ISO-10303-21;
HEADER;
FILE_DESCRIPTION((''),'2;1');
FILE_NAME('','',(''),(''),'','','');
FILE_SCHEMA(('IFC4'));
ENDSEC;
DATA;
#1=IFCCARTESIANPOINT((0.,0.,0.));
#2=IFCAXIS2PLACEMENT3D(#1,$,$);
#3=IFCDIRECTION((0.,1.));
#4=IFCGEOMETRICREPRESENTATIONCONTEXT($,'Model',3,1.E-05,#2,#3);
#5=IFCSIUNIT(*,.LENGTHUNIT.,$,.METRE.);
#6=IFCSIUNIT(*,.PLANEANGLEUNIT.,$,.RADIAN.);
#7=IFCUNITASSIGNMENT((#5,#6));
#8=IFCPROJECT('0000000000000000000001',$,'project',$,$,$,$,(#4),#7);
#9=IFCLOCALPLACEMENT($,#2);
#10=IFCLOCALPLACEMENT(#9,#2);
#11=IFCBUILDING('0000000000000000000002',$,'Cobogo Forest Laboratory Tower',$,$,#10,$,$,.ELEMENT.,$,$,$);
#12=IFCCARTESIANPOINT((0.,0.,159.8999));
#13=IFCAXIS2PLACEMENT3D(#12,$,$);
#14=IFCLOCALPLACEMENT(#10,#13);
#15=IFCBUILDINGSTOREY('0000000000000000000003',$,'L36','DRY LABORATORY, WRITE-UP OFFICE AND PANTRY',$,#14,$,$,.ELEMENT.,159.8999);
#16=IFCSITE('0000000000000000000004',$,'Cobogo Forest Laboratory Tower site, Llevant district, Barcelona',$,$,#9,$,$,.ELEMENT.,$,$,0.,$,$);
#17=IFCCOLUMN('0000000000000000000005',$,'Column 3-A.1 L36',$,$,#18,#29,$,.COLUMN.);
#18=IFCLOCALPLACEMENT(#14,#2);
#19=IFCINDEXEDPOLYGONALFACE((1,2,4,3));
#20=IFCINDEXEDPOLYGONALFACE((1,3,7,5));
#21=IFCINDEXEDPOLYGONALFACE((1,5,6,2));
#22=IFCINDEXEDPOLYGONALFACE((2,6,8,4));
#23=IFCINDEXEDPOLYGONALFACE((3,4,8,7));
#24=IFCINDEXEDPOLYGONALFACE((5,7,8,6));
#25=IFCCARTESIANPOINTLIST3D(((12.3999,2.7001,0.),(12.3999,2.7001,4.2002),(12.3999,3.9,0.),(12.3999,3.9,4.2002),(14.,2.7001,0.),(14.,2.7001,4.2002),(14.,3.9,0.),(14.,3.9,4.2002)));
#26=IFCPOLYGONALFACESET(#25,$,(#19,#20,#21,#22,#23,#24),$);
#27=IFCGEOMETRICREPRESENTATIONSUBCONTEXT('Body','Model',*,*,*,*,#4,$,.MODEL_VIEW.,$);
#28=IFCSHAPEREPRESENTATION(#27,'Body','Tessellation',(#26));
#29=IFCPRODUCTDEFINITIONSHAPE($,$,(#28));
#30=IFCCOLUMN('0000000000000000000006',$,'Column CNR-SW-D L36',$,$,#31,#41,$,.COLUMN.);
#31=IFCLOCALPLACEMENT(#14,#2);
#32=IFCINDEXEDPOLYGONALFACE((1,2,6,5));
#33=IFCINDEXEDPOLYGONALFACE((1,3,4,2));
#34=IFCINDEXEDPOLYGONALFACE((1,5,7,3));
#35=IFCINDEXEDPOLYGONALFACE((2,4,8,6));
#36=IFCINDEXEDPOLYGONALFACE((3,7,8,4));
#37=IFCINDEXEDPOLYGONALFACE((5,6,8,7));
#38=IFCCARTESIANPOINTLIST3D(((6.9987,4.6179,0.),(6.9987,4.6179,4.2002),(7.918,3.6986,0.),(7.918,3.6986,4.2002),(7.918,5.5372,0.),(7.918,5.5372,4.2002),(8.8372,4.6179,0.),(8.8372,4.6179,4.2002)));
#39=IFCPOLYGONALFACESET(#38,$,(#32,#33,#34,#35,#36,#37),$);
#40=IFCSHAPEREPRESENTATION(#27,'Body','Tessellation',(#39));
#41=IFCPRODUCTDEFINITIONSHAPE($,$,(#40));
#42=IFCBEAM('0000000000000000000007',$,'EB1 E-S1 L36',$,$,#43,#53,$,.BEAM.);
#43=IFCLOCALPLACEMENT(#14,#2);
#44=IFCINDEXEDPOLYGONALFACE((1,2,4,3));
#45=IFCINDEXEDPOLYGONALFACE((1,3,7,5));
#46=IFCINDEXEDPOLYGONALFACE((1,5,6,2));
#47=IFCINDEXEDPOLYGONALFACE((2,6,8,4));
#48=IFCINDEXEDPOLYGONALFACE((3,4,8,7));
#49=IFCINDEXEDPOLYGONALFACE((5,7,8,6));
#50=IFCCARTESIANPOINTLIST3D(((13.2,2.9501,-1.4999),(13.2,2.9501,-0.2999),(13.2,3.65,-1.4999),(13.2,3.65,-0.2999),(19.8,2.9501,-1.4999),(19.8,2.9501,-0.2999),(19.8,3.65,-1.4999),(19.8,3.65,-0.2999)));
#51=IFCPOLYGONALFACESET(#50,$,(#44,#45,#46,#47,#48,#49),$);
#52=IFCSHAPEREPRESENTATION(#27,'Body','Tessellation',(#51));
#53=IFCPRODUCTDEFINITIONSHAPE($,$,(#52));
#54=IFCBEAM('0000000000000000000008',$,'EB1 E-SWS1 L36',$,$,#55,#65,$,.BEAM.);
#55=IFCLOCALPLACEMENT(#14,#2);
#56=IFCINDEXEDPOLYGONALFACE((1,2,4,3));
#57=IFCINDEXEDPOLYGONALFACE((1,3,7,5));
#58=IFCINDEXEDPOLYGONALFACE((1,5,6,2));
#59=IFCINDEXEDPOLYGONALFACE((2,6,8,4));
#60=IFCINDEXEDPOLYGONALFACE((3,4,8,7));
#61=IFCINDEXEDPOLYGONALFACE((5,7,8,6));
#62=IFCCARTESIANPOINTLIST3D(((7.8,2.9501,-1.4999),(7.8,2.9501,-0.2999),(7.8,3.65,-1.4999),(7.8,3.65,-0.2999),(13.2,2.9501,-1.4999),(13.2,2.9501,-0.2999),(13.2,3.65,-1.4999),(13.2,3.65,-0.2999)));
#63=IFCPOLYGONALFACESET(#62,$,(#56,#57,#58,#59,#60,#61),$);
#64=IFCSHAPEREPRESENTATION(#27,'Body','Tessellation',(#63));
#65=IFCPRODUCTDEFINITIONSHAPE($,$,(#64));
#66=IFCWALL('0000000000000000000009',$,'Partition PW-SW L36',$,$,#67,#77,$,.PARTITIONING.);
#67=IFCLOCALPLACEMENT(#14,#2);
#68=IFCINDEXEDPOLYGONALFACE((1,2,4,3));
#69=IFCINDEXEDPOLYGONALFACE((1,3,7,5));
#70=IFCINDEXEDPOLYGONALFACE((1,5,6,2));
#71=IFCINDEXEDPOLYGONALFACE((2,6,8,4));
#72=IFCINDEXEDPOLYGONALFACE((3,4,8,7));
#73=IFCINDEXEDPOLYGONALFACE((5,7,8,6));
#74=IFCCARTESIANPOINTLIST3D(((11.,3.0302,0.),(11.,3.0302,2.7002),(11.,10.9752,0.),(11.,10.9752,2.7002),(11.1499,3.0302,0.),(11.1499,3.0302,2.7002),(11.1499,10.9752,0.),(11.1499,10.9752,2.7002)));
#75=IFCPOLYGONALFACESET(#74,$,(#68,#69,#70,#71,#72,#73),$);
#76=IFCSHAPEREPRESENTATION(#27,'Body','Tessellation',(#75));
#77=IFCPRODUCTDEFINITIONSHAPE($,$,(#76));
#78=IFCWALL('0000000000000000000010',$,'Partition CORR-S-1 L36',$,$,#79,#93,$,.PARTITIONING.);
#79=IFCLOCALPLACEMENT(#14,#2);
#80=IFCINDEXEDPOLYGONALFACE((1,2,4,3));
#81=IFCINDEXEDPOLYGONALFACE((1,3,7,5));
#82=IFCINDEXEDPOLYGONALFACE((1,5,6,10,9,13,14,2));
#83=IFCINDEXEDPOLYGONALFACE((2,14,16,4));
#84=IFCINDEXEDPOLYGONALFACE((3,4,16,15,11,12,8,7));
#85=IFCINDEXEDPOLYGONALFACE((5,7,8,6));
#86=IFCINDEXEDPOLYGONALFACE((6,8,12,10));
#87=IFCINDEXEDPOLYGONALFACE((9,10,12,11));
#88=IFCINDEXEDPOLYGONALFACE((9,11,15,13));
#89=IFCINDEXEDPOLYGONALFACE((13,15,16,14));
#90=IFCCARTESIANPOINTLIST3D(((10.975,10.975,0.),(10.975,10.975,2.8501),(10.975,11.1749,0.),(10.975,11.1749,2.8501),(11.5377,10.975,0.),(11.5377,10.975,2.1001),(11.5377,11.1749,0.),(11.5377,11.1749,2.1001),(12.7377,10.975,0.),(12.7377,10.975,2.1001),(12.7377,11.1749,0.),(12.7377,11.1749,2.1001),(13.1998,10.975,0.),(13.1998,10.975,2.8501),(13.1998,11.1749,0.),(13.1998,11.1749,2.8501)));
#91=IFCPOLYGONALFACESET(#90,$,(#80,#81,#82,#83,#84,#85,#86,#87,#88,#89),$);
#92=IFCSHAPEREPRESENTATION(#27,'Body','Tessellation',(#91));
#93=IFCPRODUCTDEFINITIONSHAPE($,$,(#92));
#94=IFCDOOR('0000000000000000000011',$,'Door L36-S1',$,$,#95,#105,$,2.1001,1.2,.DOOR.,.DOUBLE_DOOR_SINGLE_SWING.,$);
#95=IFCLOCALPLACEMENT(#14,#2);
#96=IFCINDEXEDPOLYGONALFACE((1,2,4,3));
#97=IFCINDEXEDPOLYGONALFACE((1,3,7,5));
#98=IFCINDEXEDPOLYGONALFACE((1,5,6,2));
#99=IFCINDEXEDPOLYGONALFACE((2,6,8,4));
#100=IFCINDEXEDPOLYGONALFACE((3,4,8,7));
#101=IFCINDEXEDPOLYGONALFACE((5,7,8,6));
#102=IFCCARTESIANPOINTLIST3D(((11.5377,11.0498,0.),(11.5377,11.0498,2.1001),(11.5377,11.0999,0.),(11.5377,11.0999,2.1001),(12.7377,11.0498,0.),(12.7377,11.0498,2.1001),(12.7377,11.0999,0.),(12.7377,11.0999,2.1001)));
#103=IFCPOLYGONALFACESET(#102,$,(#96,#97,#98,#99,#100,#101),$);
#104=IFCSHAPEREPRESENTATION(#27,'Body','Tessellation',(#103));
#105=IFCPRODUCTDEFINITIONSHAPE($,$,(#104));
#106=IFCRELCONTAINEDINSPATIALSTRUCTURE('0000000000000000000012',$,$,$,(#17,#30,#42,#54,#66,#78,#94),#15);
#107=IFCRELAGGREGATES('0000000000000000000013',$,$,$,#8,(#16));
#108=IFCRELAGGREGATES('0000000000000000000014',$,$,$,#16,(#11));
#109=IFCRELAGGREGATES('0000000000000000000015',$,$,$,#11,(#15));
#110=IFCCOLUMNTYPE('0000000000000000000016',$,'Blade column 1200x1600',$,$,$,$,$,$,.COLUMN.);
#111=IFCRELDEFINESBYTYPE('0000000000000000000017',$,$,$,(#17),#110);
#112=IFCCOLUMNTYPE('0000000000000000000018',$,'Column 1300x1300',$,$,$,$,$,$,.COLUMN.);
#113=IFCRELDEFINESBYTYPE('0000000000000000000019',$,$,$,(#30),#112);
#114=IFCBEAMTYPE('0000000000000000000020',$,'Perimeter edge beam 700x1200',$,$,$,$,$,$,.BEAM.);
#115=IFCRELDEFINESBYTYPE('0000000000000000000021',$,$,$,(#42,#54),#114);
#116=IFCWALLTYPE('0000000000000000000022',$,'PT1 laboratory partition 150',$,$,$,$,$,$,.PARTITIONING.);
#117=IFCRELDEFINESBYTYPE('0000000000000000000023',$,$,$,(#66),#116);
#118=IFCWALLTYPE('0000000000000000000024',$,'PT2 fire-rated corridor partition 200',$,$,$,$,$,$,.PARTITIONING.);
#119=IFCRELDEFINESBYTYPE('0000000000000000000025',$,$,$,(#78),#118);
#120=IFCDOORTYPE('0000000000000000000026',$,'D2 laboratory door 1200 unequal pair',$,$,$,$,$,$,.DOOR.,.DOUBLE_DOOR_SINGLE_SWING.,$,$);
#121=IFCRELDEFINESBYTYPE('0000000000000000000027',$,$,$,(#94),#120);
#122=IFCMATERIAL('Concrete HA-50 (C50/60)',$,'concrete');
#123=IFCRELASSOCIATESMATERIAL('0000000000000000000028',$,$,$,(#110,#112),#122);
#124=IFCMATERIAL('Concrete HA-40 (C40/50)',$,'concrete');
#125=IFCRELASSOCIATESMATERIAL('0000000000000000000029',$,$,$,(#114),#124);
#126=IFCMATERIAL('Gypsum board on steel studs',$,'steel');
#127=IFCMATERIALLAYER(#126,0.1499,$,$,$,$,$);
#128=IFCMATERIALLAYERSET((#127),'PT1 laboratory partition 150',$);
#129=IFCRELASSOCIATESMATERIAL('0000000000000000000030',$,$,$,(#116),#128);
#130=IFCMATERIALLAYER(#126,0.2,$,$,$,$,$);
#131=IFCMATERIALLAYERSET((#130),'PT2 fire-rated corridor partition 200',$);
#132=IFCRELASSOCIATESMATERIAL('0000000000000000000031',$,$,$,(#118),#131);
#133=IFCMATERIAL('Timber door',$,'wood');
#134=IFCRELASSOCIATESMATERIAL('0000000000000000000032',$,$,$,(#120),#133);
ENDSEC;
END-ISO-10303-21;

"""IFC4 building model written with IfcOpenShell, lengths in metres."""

from ifc_helpers import new_model, si_unit, direction, frame, frame_2d, origin, origin_2d, place, context, subcontext, project, spatial, rectangle, extrude, material, layer, layer_set, material_profile, profile_set, type_object, element, fill, save


model = new_model("IFC4")

# Units and contexts
model_context = context("Model", 3, precision=1e-05, world=origin(), true_north=direction((0.0, 1.0)))
body_context = subcontext(model_context, "Body", "Model", "MODEL_VIEW")
ifc_project = project(units=[si_unit("LENGTHUNIT", "METRE"), si_unit("PLANEANGLEUNIT", "RADIAN")], contexts=[model_context])

# Site, building, storey
site_placement = place(None, origin())
site = spatial("IfcSite", under=ifc_project, at=site_placement, Name="Cobogo Forest Laboratory Tower site, Llevant district, Barcelona", CompositionType="ELEMENT", RefElevation=0.0)
building_placement = place(site_placement, origin())
building = spatial("IfcBuilding", under=site, at=building_placement, Name="Cobogo Forest Laboratory Tower", CompositionType="ELEMENT")
storey_placement = place(building_placement, frame((0.0, 0.0, 159.8999)))
storey = spatial("IfcBuildingStorey", under=building, at=storey_placement, Name="L36", Description="DRY LABORATORY, WRITE-UP OFFICE AND PANTRY", CompositionType="ELEMENT", Elevation=159.8999)

# Columns
ifc_material_1 = material(Name="Concrete HA-50 (C50/60)", Category="concrete")
ifc_material_profile_1 = material_profile(ifc_material_1, rectangle(XDim=1.6001, YDim=1.2, at=origin_2d()), Name="RC 1200x1600")
ifc_profile_set_1 = profile_set([ifc_material_profile_1], Name="Concrete HA-50 (C50/60)")
column_type_1 = type_object("IfcColumnType", Name="Blade column 1200x1600", PredefinedType="COLUMN", material=ifc_profile_set_1)
column_1_placement = place(storey_placement, frame((13.2, 3.3, 0.0), z_axis=(0.0, 0.0, 1.0), x_axis=(1.0, 0.0, 0.0)))
element("IfcColumn", 1, at=column_1_placement, inside=storey, type_object=column_type_1, Name="Column 3-A.1 L36", PredefinedType="COLUMN", context=body_context, shape_type="SweptSolid", body=[
    extrude(rectangle(XDim=1.6001, YDim=1.2, at=origin_2d()), origin(), (0.0, 0.0, 1.0), 4.2002),
])
ifc_material_profile_2 = material_profile(ifc_material_1, rectangle(XDim=1.3, YDim=1.3, at=origin_2d()), Name="RC 1300x1300")
ifc_profile_set_2 = profile_set([ifc_material_profile_2], Name="Concrete HA-50 (C50/60)")
column_type_2 = type_object("IfcColumnType", Name="Column 1300x1300", PredefinedType="COLUMN", material=ifc_profile_set_2)
column_2_placement = place(storey_placement, frame((7.918, 4.6179, 0.0), z_axis=(0.0, 0.0, 1.0), x_axis=(0.707107, 0.707107, 0.0)))
element("IfcColumn", 2, at=column_2_placement, inside=storey, type_object=column_type_2, Name="Column CNR-SW-D L36", PredefinedType="COLUMN", context=body_context, shape_type="SweptSolid", body=[
    extrude(rectangle(XDim=1.3, YDim=1.3, at=origin_2d()), origin(), (0.0, 0.0, 1.0), 4.2002),
])

# Beams
ifc_material_2 = material(Name="Concrete HA-40 (C40/50)", Category="concrete")
ifc_material_profile_3 = material_profile(ifc_material_2, rectangle(XDim=0.7, YDim=1.2, at=origin_2d()), Name="RC 700x1200")
ifc_profile_set_3 = profile_set([ifc_material_profile_3], Name="Concrete HA-40 (C40/50)")
beam_type = type_object("IfcBeamType", Name="Perimeter edge beam 700x1200", PredefinedType="BEAM", material=ifc_profile_set_3)
beam_1_placement = place(storey_placement, frame((13.2, 3.3, -0.8999), z_axis=(1.0, 0.0, 0.0), x_axis=(0.0, 1.0, 0.0)))
element("IfcBeam", 3, at=beam_1_placement, inside=storey, type_object=beam_type, Name="EB1 E-S1 L36", PredefinedType="BEAM", context=body_context, shape_type="SweptSolid", body=[
    extrude(rectangle(XDim=0.7, YDim=1.2, at=origin_2d()), origin(), (0.0, 0.0, 1.0), 6.6001),
])
beam_2_placement = place(storey_placement, frame((13.2, 3.3, -0.8999), z_axis=(-1.0, 0.0, 0.0), x_axis=(0.0, -1.0, 0.0)))
element("IfcBeam", 4, at=beam_2_placement, inside=storey, type_object=beam_type, Name="EB1 E-SWS1 L36", PredefinedType="BEAM", context=body_context, shape_type="SweptSolid", body=[
    extrude(rectangle(XDim=0.7, YDim=1.2, at=origin_2d()), origin(), (0.0, 0.0, 1.0), 5.3999),
])

# Wall
ifc_material_3 = material(Name="Gypsum board on steel studs", Category="steel")
ifc_layer_1 = layer(ifc_material_3, 0.1499)
ifc_layer_set_1 = layer_set([ifc_layer_1], Name="PT1 laboratory partition 150")
wall_type_1 = type_object("IfcWallType", Name="PT1 laboratory partition 150", PredefinedType="PARTITIONING", material=ifc_layer_set_1)
wall_1_placement = place(storey_placement, frame((11.075, 3.03, 0.0), z_axis=(0.0, 0.0, 1.0), x_axis=(0.0, 1.0, 0.0)))
element("IfcWall", 5, at=wall_1_placement, inside=storey, type_object=wall_type_1, Name="Partition PW-SW L36", PredefinedType="PARTITIONING", context=body_context, shape_type="SweptSolid", body=[
    extrude(rectangle(XDim=7.9451, YDim=0.1499, at=frame_2d((3.9727, 0.0))), origin(), (0.0, 0.0, 1.0), 2.7002),
])

# Wall, opening, door
ifc_layer_2 = layer(ifc_material_3, 0.2)
ifc_layer_set_2 = layer_set([ifc_layer_2], Name="PT2 fire-rated corridor partition 200")
wall_type_2 = type_object("IfcWallType", Name="PT2 fire-rated corridor partition 200", PredefinedType="PARTITIONING", material=ifc_layer_set_2)
wall_2_placement = place(storey_placement, frame((10.9751, 11.075, 0.0), z_axis=(0.0, 0.0, 1.0), x_axis=(1.0, 0.0, 0.0)))
wall_2 = element("IfcWall", 6, at=wall_2_placement, inside=storey, type_object=wall_type_2, Name="Partition CORR-S-1 L36", PredefinedType="PARTITIONING", context=body_context, shape_type="SweptSolid", body=[
    extrude(rectangle(XDim=2.2249, YDim=0.2, at=frame_2d((1.1123, 0.0))), origin(), (0.0, 0.0, 1.0), 2.8501),
])
opening_1_placement = place(wall_2_placement, frame((0.5625, 0.0, 0.0)))
opening_1 = element("IfcOpeningElement", 7, at=opening_1_placement, cuts=wall_2, PredefinedType="OPENING", context=body_context, shape_type="SweptSolid", body=[
    extrude(rectangle(XDim=1.2, YDim=2.1001, at=frame_2d((0.6001, 1.05))), frame((0.0, 0.1099, 0.0), z_axis=(0.0, -1.0, 0.0), x_axis=(1.0, 0.0, 0.0)), (0.0, 0.0, 1.0), 0.22),
])
ifc_material_4 = material(Name="Timber door", Category="wood")
door_type_1 = type_object("IfcDoorType", Name="D2 laboratory door 1200 unequal pair", OperationType="DOUBLE_DOOR_SINGLE_SWING", PredefinedType="DOOR", material=ifc_material_4)
door_1_placement = place(opening_1_placement, origin())
door_1 = element("IfcDoor", 8, at=door_1_placement, inside=storey, type_object=door_type_1, Name="Door L36-S1", OperationType="DOUBLE_DOOR_SINGLE_SWING", OverallHeight=2.1001, OverallWidth=1.2, PredefinedType="DOOR", context=body_context, shape_type="SweptSolid", body=[
    extrude(rectangle(XDim=1.2, YDim=2.1001, at=frame_2d((0.6001, 1.05))), frame((0.0, 0.0249, 0.0), z_axis=(0.0, -1.0, 0.0), x_axis=(1.0, 0.0, 0.0)), (0.0, 0.0, 1.0), 0.05),
])
fill(opening_1, door_1)

save(model, "model.ifc")
